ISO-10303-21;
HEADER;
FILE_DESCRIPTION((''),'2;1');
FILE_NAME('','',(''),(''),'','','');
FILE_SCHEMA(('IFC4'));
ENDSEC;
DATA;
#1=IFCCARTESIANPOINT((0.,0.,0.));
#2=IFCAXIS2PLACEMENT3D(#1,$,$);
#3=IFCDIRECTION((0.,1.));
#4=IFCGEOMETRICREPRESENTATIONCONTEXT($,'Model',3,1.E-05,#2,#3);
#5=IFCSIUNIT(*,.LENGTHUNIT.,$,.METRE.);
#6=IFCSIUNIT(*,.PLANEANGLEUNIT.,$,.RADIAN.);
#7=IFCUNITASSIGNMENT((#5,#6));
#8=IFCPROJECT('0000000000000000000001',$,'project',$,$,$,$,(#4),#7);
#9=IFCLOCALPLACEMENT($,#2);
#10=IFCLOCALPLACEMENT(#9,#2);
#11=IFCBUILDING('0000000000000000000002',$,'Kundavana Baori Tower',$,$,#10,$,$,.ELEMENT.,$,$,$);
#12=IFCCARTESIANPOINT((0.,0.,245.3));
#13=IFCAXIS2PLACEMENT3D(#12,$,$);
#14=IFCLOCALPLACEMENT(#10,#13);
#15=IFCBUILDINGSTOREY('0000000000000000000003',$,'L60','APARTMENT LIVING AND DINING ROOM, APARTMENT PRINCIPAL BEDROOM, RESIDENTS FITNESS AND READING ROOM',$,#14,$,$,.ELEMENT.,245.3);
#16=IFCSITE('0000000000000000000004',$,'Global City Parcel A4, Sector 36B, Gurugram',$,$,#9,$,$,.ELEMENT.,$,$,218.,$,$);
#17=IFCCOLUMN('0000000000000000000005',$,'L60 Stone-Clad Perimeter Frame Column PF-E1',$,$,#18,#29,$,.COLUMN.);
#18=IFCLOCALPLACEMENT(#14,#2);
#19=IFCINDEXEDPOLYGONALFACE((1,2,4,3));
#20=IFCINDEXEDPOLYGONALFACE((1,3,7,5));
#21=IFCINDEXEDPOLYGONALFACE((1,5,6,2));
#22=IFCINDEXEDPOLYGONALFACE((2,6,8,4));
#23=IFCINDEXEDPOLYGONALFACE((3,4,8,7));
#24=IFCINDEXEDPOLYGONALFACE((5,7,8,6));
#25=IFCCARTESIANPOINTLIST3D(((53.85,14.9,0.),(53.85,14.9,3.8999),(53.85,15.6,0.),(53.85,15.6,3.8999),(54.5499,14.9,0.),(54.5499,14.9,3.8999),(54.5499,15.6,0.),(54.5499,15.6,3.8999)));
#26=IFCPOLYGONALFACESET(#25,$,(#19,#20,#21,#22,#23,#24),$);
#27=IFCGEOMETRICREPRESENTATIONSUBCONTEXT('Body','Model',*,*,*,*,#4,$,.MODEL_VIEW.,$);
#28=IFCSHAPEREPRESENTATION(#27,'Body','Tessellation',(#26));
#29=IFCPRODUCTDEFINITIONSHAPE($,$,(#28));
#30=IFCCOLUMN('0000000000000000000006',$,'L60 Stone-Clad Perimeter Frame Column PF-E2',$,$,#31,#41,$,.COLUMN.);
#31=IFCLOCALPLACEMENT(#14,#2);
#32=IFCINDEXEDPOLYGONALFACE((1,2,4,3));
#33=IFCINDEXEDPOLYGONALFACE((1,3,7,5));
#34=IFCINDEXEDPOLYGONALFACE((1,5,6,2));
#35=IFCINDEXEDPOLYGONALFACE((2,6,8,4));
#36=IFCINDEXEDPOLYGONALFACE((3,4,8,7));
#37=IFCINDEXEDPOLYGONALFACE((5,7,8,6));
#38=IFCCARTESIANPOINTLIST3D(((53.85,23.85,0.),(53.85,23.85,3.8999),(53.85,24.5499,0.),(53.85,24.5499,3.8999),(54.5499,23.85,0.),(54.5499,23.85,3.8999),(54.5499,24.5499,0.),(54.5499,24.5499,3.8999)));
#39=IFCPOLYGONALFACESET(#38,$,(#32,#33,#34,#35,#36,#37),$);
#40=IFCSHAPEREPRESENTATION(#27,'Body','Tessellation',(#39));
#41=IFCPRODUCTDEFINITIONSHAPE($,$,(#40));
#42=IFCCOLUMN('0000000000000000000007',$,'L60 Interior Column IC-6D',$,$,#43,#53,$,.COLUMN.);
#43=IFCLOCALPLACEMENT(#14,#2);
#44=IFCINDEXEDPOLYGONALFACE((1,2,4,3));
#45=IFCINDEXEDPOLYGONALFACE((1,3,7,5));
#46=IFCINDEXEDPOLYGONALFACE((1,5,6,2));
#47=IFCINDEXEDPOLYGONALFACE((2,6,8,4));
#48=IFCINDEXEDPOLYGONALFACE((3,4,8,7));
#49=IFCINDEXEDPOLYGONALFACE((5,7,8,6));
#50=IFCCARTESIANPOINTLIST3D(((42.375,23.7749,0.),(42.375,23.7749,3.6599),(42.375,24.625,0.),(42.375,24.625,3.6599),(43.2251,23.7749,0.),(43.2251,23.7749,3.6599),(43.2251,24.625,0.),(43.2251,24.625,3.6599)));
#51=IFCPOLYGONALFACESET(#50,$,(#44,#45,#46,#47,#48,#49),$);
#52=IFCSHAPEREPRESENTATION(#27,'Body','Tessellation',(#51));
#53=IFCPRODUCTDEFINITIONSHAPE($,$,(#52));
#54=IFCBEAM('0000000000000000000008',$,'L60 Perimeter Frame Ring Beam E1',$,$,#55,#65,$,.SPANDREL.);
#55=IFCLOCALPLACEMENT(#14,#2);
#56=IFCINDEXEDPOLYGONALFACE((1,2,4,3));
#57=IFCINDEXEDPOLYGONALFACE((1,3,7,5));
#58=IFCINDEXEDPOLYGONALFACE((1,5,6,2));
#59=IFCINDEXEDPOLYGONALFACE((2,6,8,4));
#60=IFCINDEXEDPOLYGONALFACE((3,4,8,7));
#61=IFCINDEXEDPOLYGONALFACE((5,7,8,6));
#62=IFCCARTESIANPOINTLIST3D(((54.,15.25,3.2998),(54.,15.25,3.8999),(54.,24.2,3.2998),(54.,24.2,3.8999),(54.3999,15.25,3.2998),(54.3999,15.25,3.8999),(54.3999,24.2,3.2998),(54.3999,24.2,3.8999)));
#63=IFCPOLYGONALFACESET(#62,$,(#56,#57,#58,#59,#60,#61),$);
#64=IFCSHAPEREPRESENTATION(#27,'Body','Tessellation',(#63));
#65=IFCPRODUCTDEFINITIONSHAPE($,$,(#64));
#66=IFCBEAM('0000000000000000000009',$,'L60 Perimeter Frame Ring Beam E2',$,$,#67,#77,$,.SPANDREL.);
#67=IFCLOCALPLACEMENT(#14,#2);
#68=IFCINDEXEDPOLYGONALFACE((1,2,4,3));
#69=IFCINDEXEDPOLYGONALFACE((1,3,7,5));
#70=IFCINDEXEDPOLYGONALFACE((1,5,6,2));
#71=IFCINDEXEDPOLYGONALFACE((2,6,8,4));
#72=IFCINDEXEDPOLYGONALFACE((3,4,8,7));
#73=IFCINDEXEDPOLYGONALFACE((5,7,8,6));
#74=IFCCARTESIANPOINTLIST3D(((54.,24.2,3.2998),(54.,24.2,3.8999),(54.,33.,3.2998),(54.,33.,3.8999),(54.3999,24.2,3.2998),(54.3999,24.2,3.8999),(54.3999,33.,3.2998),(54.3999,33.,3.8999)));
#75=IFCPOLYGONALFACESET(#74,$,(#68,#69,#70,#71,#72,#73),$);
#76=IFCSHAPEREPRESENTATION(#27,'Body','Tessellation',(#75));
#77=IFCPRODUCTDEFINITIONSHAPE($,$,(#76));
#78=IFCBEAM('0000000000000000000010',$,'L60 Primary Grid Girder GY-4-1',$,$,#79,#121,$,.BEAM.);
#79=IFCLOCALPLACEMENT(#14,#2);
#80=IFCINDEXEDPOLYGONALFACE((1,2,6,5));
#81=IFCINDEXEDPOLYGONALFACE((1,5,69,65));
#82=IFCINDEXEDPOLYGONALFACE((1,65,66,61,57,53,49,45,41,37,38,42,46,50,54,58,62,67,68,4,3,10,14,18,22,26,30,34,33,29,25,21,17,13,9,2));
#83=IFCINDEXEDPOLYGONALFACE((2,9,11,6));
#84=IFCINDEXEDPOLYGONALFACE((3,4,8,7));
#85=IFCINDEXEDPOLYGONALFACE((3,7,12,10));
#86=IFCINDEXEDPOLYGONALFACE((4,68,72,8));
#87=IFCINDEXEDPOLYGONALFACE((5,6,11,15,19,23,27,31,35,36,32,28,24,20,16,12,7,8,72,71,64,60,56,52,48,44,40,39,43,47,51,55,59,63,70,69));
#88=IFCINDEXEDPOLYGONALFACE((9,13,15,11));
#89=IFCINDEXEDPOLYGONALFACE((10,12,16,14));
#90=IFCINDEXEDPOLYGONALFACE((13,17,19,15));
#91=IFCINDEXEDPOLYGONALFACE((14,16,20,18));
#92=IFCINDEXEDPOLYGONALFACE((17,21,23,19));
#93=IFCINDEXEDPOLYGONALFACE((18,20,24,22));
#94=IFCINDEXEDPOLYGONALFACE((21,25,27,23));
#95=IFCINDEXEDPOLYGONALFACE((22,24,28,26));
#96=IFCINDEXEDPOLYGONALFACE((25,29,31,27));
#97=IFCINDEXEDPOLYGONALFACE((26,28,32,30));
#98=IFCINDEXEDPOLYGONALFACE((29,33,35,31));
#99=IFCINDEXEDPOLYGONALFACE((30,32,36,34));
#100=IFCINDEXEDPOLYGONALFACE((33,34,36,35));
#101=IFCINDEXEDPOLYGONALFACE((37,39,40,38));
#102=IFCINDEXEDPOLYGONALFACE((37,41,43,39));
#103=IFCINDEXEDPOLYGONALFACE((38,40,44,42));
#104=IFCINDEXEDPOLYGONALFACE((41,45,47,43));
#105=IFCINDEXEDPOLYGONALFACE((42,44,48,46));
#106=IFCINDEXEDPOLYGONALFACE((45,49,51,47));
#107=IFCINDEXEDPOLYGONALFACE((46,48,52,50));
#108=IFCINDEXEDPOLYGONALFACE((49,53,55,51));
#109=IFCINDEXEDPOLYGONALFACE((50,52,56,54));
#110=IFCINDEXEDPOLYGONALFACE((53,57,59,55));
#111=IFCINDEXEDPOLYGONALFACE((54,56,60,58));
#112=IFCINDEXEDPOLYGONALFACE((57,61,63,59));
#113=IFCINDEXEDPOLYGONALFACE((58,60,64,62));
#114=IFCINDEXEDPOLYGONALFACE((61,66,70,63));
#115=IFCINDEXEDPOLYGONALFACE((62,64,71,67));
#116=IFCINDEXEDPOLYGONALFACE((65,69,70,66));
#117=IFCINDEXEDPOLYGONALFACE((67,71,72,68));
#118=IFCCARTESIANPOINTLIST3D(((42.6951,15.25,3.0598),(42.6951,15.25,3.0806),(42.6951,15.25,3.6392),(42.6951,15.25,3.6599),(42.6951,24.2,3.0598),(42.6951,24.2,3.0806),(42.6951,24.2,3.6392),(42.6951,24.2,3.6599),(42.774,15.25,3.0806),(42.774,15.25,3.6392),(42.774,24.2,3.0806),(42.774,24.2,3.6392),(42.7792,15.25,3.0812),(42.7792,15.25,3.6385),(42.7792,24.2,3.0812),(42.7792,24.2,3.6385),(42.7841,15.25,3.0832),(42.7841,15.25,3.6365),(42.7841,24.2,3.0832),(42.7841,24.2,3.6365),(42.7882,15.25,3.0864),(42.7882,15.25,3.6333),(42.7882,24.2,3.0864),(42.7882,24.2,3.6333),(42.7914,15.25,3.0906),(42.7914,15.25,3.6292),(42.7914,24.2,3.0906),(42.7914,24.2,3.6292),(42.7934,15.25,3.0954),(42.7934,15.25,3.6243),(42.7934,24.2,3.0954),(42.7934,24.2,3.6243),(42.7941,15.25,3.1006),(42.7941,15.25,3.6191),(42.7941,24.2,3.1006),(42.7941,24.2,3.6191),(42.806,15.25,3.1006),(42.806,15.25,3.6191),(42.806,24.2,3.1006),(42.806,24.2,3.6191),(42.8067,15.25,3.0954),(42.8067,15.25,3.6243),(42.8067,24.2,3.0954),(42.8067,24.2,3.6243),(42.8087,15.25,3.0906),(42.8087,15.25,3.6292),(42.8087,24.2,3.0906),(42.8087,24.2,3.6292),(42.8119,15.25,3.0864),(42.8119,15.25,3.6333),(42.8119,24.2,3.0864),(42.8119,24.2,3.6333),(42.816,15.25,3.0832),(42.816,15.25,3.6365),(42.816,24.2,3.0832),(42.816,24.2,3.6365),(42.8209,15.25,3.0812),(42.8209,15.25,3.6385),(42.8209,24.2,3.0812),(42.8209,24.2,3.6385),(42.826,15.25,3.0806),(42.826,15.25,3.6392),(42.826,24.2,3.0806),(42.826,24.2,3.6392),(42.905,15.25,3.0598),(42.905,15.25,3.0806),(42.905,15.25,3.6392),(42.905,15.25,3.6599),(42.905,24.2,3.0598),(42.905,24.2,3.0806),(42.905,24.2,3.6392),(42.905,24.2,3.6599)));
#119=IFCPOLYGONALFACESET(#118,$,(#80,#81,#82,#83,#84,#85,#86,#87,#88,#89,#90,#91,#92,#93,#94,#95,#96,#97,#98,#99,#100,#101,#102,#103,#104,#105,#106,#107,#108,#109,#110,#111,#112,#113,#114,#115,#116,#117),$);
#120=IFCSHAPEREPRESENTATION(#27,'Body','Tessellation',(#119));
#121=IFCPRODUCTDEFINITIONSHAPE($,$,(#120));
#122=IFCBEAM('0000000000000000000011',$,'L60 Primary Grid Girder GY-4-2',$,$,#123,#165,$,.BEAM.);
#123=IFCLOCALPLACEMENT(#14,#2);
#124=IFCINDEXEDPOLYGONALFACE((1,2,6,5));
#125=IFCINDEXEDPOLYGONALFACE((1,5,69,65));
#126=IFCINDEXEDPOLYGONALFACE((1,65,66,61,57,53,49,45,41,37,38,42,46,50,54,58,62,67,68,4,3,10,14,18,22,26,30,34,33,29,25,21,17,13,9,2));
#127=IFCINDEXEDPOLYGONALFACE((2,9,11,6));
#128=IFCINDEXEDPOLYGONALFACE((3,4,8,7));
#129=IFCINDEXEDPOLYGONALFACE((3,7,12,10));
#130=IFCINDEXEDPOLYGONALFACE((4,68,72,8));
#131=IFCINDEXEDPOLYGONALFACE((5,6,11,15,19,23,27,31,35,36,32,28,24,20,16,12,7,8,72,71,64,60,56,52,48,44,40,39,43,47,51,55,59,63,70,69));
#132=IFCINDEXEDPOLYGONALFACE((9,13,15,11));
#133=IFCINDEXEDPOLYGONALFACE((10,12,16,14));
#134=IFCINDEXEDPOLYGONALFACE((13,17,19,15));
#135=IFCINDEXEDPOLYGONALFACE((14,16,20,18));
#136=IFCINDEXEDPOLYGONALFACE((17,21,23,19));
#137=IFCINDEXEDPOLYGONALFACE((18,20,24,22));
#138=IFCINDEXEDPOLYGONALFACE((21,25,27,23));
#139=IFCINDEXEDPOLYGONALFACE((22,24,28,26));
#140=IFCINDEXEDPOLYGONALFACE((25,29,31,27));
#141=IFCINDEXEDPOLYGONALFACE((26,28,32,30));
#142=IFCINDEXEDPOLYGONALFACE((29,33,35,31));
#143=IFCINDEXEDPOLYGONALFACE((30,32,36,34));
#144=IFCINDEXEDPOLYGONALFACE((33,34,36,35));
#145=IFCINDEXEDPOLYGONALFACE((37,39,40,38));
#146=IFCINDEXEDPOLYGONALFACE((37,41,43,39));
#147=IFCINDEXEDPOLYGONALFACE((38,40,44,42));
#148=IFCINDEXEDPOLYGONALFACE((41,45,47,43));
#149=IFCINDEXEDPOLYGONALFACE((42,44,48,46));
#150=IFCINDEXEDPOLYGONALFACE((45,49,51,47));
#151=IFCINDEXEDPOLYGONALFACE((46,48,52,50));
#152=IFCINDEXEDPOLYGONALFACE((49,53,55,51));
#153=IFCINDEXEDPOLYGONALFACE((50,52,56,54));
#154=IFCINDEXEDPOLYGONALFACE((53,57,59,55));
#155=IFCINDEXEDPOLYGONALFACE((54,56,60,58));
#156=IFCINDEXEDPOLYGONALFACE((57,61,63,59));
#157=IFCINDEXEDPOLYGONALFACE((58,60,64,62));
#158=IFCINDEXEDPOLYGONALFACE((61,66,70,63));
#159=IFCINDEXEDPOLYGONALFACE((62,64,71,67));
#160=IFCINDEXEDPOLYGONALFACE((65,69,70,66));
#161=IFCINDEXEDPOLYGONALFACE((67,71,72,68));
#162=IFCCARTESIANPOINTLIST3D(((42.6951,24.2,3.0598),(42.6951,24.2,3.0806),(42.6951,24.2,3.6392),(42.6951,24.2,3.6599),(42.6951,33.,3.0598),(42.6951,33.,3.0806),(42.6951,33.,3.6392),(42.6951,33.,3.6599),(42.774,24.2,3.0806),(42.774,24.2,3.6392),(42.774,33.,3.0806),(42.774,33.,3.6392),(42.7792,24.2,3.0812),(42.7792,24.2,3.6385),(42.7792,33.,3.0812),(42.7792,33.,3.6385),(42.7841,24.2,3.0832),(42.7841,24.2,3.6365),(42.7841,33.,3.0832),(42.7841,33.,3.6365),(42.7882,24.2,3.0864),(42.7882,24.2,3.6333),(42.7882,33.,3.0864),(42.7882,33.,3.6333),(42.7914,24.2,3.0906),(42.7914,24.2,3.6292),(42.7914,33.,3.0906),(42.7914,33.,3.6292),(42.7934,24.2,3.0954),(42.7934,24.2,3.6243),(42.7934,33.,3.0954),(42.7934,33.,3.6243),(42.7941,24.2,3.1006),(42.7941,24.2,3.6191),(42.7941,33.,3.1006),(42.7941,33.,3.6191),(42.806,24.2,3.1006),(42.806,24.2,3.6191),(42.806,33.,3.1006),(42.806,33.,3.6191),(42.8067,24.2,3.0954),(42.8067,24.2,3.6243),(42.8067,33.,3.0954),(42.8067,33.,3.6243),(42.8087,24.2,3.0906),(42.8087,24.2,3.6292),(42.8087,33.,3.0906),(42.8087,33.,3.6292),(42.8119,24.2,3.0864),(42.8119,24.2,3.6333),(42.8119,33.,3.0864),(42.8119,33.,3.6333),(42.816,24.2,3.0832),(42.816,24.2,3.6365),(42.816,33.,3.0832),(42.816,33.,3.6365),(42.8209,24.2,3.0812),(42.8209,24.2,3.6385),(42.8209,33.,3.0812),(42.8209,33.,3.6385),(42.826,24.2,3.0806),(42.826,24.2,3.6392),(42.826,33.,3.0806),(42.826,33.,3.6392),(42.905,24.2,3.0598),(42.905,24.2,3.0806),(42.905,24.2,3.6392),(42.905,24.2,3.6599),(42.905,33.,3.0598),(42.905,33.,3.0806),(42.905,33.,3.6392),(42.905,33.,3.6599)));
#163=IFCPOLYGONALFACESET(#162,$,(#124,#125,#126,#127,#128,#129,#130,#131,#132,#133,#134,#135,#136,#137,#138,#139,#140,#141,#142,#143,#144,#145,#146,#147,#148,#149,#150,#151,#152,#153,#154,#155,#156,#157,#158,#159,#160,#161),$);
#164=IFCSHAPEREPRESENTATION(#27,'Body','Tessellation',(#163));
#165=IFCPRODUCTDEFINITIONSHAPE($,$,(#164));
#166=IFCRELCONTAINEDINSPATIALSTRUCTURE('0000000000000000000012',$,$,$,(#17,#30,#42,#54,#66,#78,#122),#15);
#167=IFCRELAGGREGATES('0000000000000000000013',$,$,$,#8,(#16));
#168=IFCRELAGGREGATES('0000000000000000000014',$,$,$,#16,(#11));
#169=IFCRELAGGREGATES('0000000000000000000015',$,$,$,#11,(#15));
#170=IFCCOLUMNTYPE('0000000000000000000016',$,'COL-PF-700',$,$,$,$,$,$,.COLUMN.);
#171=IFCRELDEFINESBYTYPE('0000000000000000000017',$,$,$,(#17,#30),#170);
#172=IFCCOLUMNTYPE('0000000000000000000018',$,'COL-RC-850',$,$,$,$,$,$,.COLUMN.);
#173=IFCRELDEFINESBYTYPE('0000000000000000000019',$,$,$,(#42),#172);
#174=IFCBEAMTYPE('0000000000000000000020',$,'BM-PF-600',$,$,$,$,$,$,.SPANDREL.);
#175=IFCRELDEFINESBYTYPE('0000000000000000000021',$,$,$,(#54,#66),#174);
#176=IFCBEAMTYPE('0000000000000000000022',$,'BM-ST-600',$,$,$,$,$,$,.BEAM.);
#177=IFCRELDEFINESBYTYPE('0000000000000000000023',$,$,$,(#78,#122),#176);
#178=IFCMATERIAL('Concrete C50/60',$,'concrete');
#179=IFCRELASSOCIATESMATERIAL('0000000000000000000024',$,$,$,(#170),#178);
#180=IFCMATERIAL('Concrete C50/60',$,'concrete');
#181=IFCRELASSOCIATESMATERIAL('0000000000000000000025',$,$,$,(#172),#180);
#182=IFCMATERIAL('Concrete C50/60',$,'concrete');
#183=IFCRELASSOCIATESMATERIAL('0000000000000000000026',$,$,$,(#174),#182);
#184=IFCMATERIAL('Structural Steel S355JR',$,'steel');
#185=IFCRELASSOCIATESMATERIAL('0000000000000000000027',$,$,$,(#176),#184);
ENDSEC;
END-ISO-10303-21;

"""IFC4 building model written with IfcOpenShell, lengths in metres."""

from ifc_helpers import new_model, si_unit, direction, frame, origin, origin_2d, place, context, subcontext, project, spatial, rectangle, i_section, extrude, material, material_profile, profile_set, type_object, element, save


model = new_model("IFC4")

# Units and contexts
model_context = context("Model", 3, precision=1e-05, world=origin(), true_north=direction((0.0, 1.0)))
body_context = subcontext(model_context, "Body", "Model", "MODEL_VIEW")
ifc_project = project(units=[si_unit("LENGTHUNIT", "METRE"), si_unit("PLANEANGLEUNIT", "RADIAN")], contexts=[model_context])

# Site, building, storey
site_placement = place(None, origin())
site = spatial("IfcSite", under=ifc_project, at=site_placement, Name="Global City Parcel A4, Sector 36B, Gurugram", CompositionType="ELEMENT", RefElevation=218.0)
building_placement = place(site_placement, origin())
building = spatial("IfcBuilding", under=site, at=building_placement, Name="Kundavana Baori Tower", CompositionType="ELEMENT")
storey_placement = place(building_placement, frame((0.0, 0.0, 245.3)))
storey = spatial("IfcBuildingStorey", under=building, at=storey_placement, Name="L60", Description="APARTMENT LIVING AND DINING ROOM, APARTMENT PRINCIPAL BEDROOM, RESIDENTS FITNESS AND READING ROOM", CompositionType="ELEMENT", Elevation=245.3)

# Columns
ifc_material_1 = material(Name="Concrete C50/60", Category="concrete")
ifc_material_profile_1 = material_profile(ifc_material_1, rectangle(XDim=0.7, YDim=0.7, at=origin_2d()), Name="RC PF 700x700")
ifc_profile_set_1 = profile_set([ifc_material_profile_1], Name="Concrete C50/60")
column_type_1 = type_object("IfcColumnType", Name="COL-PF-700", PredefinedType="COLUMN", material=ifc_profile_set_1)
for number, where, z_axis, x_axis, name in (
    (1, (54.2, 15.25, 0.0), (0.0, 0.0, 1.0), (1.0, 0.0, 0.0), "L60 Stone-Clad Perimeter Frame Column PF-E1"),
    (2, (54.2, 24.2, 0.0), (0.0, 0.0, 1.0), (1.0, 0.0, 0.0), "L60 Stone-Clad Perimeter Frame Column PF-E2"),
):
    element("IfcColumn", number, at=place(storey_placement, frame(where, z_axis=z_axis, x_axis=x_axis)), inside=storey, type_object=column_type_1, Name=name, PredefinedType="COLUMN", context=body_context, shape_type="SweptSolid", body=[
        extrude(rectangle(XDim=0.7, YDim=0.7, at=origin_2d()), origin(), (0.0, 0.0, 1.0), 3.8999),
    ])
ifc_material_2 = material(Name="Concrete C50/60", Category="concrete")
ifc_material_profile_2 = material_profile(ifc_material_2, rectangle(XDim=0.8501, YDim=0.8501, at=origin_2d()), Name="RC 850x850")
ifc_profile_set_2 = profile_set([ifc_material_profile_2], Name="Concrete C50/60")
column_type_2 = type_object("IfcColumnType", Name="COL-RC-850", PredefinedType="COLUMN", material=ifc_profile_set_2)
column_placement = place(storey_placement, frame((42.8, 24.2, 0.0), z_axis=(0.0, 0.0, 1.0), x_axis=(1.0, 0.0, 0.0)))
element("IfcColumn", 3, at=column_placement, inside=storey, type_object=column_type_2, Name="L60 Interior Column IC-6D", PredefinedType="COLUMN", context=body_context, shape_type="SweptSolid", body=[
    extrude(rectangle(XDim=0.8501, YDim=0.8501, at=origin_2d()), origin(), (0.0, 0.0, 1.0), 3.6599),
])

# Beams
ifc_material_3 = material(Name="Concrete C50/60", Category="concrete")
ifc_material_profile_3 = material_profile(ifc_material_3, rectangle(XDim=0.3999, YDim=0.6001, at=origin_2d()), Name="RC BM 400x600")
ifc_profile_set_3 = profile_set([ifc_material_profile_3], Name="Concrete C50/60")
beam_type_1 = type_object("IfcBeamType", Name="BM-PF-600", PredefinedType="SPANDREL", material=ifc_profile_set_3)
beam_1_placement = place(storey_placement, frame((54.2, 15.25, 3.5999), z_axis=(0.0, 1.0, 0.0), x_axis=(-1.0, 0.0, 0.0)))
element("IfcBeam", 4, at=beam_1_placement, inside=storey, type_object=beam_type_1, Name="L60 Perimeter Frame Ring Beam E1", PredefinedType="SPANDREL", context=body_context, shape_type="SweptSolid", body=[
    extrude(rectangle(XDim=0.3999, YDim=0.6001, at=origin_2d()), origin(), (0.0, 0.0, 1.0), 8.95),
])
beam_2_placement = place(storey_placement, frame((54.2, 24.2, 3.5999), z_axis=(0.0, 1.0, 0.0), x_axis=(-1.0, 0.0, 0.0)))
element("IfcBeam", 5, at=beam_2_placement, inside=storey, type_object=beam_type_1, Name="L60 Perimeter Frame Ring Beam E2", PredefinedType="SPANDREL", context=body_context, shape_type="SweptSolid", body=[
    extrude(rectangle(XDim=0.3999, YDim=0.6001, at=origin_2d()), origin(), (0.0, 0.0, 1.0), 8.8),
])
ifc_material_4 = material(Name="Structural Steel S355JR", Category="steel")
ifc_material_profile_4 = material_profile(ifc_material_4, i_section(OverallWidth=0.21, OverallDepth=0.6001, WebThickness=0.012, FlangeThickness=0.0208, FilletRadius=0.02, at=origin_2d()), Name="ISMB 600")
ifc_profile_set_4 = profile_set([ifc_material_profile_4], Name="Structural Steel S355JR")
beam_type_2 = type_object("IfcBeamType", Name="BM-ST-600", PredefinedType="BEAM", material=ifc_profile_set_4)
beam_3_placement = place(storey_placement, frame((42.8, 15.25, 3.3599), z_axis=(0.0, 1.0, 0.0), x_axis=(-1.0, 0.0, 0.0)))
element("IfcBeam", 6, at=beam_3_placement, inside=storey, type_object=beam_type_2, Name="L60 Primary Grid Girder GY-4-1", PredefinedType="BEAM", context=body_context, shape_type="SweptSolid", body=[
    extrude(i_section(OverallWidth=0.21, OverallDepth=0.6001, WebThickness=0.012, FlangeThickness=0.0208, FilletRadius=0.02, at=origin_2d()), origin(), (0.0, 0.0, 1.0), 8.95),
])
beam_4_placement = place(storey_placement, frame((42.8, 24.2, 3.3599), z_axis=(0.0, 1.0, 0.0), x_axis=(-1.0, 0.0, 0.0)))
element("IfcBeam", 7, at=beam_4_placement, inside=storey, type_object=beam_type_2, Name="L60 Primary Grid Girder GY-4-2", PredefinedType="BEAM", context=body_context, shape_type="SweptSolid", body=[
    extrude(i_section(OverallWidth=0.21, OverallDepth=0.6001, WebThickness=0.012, FlangeThickness=0.0208, FilletRadius=0.02, at=origin_2d()), origin(), (0.0, 0.0, 1.0), 8.8),
])

save(model, "model.ifc")
